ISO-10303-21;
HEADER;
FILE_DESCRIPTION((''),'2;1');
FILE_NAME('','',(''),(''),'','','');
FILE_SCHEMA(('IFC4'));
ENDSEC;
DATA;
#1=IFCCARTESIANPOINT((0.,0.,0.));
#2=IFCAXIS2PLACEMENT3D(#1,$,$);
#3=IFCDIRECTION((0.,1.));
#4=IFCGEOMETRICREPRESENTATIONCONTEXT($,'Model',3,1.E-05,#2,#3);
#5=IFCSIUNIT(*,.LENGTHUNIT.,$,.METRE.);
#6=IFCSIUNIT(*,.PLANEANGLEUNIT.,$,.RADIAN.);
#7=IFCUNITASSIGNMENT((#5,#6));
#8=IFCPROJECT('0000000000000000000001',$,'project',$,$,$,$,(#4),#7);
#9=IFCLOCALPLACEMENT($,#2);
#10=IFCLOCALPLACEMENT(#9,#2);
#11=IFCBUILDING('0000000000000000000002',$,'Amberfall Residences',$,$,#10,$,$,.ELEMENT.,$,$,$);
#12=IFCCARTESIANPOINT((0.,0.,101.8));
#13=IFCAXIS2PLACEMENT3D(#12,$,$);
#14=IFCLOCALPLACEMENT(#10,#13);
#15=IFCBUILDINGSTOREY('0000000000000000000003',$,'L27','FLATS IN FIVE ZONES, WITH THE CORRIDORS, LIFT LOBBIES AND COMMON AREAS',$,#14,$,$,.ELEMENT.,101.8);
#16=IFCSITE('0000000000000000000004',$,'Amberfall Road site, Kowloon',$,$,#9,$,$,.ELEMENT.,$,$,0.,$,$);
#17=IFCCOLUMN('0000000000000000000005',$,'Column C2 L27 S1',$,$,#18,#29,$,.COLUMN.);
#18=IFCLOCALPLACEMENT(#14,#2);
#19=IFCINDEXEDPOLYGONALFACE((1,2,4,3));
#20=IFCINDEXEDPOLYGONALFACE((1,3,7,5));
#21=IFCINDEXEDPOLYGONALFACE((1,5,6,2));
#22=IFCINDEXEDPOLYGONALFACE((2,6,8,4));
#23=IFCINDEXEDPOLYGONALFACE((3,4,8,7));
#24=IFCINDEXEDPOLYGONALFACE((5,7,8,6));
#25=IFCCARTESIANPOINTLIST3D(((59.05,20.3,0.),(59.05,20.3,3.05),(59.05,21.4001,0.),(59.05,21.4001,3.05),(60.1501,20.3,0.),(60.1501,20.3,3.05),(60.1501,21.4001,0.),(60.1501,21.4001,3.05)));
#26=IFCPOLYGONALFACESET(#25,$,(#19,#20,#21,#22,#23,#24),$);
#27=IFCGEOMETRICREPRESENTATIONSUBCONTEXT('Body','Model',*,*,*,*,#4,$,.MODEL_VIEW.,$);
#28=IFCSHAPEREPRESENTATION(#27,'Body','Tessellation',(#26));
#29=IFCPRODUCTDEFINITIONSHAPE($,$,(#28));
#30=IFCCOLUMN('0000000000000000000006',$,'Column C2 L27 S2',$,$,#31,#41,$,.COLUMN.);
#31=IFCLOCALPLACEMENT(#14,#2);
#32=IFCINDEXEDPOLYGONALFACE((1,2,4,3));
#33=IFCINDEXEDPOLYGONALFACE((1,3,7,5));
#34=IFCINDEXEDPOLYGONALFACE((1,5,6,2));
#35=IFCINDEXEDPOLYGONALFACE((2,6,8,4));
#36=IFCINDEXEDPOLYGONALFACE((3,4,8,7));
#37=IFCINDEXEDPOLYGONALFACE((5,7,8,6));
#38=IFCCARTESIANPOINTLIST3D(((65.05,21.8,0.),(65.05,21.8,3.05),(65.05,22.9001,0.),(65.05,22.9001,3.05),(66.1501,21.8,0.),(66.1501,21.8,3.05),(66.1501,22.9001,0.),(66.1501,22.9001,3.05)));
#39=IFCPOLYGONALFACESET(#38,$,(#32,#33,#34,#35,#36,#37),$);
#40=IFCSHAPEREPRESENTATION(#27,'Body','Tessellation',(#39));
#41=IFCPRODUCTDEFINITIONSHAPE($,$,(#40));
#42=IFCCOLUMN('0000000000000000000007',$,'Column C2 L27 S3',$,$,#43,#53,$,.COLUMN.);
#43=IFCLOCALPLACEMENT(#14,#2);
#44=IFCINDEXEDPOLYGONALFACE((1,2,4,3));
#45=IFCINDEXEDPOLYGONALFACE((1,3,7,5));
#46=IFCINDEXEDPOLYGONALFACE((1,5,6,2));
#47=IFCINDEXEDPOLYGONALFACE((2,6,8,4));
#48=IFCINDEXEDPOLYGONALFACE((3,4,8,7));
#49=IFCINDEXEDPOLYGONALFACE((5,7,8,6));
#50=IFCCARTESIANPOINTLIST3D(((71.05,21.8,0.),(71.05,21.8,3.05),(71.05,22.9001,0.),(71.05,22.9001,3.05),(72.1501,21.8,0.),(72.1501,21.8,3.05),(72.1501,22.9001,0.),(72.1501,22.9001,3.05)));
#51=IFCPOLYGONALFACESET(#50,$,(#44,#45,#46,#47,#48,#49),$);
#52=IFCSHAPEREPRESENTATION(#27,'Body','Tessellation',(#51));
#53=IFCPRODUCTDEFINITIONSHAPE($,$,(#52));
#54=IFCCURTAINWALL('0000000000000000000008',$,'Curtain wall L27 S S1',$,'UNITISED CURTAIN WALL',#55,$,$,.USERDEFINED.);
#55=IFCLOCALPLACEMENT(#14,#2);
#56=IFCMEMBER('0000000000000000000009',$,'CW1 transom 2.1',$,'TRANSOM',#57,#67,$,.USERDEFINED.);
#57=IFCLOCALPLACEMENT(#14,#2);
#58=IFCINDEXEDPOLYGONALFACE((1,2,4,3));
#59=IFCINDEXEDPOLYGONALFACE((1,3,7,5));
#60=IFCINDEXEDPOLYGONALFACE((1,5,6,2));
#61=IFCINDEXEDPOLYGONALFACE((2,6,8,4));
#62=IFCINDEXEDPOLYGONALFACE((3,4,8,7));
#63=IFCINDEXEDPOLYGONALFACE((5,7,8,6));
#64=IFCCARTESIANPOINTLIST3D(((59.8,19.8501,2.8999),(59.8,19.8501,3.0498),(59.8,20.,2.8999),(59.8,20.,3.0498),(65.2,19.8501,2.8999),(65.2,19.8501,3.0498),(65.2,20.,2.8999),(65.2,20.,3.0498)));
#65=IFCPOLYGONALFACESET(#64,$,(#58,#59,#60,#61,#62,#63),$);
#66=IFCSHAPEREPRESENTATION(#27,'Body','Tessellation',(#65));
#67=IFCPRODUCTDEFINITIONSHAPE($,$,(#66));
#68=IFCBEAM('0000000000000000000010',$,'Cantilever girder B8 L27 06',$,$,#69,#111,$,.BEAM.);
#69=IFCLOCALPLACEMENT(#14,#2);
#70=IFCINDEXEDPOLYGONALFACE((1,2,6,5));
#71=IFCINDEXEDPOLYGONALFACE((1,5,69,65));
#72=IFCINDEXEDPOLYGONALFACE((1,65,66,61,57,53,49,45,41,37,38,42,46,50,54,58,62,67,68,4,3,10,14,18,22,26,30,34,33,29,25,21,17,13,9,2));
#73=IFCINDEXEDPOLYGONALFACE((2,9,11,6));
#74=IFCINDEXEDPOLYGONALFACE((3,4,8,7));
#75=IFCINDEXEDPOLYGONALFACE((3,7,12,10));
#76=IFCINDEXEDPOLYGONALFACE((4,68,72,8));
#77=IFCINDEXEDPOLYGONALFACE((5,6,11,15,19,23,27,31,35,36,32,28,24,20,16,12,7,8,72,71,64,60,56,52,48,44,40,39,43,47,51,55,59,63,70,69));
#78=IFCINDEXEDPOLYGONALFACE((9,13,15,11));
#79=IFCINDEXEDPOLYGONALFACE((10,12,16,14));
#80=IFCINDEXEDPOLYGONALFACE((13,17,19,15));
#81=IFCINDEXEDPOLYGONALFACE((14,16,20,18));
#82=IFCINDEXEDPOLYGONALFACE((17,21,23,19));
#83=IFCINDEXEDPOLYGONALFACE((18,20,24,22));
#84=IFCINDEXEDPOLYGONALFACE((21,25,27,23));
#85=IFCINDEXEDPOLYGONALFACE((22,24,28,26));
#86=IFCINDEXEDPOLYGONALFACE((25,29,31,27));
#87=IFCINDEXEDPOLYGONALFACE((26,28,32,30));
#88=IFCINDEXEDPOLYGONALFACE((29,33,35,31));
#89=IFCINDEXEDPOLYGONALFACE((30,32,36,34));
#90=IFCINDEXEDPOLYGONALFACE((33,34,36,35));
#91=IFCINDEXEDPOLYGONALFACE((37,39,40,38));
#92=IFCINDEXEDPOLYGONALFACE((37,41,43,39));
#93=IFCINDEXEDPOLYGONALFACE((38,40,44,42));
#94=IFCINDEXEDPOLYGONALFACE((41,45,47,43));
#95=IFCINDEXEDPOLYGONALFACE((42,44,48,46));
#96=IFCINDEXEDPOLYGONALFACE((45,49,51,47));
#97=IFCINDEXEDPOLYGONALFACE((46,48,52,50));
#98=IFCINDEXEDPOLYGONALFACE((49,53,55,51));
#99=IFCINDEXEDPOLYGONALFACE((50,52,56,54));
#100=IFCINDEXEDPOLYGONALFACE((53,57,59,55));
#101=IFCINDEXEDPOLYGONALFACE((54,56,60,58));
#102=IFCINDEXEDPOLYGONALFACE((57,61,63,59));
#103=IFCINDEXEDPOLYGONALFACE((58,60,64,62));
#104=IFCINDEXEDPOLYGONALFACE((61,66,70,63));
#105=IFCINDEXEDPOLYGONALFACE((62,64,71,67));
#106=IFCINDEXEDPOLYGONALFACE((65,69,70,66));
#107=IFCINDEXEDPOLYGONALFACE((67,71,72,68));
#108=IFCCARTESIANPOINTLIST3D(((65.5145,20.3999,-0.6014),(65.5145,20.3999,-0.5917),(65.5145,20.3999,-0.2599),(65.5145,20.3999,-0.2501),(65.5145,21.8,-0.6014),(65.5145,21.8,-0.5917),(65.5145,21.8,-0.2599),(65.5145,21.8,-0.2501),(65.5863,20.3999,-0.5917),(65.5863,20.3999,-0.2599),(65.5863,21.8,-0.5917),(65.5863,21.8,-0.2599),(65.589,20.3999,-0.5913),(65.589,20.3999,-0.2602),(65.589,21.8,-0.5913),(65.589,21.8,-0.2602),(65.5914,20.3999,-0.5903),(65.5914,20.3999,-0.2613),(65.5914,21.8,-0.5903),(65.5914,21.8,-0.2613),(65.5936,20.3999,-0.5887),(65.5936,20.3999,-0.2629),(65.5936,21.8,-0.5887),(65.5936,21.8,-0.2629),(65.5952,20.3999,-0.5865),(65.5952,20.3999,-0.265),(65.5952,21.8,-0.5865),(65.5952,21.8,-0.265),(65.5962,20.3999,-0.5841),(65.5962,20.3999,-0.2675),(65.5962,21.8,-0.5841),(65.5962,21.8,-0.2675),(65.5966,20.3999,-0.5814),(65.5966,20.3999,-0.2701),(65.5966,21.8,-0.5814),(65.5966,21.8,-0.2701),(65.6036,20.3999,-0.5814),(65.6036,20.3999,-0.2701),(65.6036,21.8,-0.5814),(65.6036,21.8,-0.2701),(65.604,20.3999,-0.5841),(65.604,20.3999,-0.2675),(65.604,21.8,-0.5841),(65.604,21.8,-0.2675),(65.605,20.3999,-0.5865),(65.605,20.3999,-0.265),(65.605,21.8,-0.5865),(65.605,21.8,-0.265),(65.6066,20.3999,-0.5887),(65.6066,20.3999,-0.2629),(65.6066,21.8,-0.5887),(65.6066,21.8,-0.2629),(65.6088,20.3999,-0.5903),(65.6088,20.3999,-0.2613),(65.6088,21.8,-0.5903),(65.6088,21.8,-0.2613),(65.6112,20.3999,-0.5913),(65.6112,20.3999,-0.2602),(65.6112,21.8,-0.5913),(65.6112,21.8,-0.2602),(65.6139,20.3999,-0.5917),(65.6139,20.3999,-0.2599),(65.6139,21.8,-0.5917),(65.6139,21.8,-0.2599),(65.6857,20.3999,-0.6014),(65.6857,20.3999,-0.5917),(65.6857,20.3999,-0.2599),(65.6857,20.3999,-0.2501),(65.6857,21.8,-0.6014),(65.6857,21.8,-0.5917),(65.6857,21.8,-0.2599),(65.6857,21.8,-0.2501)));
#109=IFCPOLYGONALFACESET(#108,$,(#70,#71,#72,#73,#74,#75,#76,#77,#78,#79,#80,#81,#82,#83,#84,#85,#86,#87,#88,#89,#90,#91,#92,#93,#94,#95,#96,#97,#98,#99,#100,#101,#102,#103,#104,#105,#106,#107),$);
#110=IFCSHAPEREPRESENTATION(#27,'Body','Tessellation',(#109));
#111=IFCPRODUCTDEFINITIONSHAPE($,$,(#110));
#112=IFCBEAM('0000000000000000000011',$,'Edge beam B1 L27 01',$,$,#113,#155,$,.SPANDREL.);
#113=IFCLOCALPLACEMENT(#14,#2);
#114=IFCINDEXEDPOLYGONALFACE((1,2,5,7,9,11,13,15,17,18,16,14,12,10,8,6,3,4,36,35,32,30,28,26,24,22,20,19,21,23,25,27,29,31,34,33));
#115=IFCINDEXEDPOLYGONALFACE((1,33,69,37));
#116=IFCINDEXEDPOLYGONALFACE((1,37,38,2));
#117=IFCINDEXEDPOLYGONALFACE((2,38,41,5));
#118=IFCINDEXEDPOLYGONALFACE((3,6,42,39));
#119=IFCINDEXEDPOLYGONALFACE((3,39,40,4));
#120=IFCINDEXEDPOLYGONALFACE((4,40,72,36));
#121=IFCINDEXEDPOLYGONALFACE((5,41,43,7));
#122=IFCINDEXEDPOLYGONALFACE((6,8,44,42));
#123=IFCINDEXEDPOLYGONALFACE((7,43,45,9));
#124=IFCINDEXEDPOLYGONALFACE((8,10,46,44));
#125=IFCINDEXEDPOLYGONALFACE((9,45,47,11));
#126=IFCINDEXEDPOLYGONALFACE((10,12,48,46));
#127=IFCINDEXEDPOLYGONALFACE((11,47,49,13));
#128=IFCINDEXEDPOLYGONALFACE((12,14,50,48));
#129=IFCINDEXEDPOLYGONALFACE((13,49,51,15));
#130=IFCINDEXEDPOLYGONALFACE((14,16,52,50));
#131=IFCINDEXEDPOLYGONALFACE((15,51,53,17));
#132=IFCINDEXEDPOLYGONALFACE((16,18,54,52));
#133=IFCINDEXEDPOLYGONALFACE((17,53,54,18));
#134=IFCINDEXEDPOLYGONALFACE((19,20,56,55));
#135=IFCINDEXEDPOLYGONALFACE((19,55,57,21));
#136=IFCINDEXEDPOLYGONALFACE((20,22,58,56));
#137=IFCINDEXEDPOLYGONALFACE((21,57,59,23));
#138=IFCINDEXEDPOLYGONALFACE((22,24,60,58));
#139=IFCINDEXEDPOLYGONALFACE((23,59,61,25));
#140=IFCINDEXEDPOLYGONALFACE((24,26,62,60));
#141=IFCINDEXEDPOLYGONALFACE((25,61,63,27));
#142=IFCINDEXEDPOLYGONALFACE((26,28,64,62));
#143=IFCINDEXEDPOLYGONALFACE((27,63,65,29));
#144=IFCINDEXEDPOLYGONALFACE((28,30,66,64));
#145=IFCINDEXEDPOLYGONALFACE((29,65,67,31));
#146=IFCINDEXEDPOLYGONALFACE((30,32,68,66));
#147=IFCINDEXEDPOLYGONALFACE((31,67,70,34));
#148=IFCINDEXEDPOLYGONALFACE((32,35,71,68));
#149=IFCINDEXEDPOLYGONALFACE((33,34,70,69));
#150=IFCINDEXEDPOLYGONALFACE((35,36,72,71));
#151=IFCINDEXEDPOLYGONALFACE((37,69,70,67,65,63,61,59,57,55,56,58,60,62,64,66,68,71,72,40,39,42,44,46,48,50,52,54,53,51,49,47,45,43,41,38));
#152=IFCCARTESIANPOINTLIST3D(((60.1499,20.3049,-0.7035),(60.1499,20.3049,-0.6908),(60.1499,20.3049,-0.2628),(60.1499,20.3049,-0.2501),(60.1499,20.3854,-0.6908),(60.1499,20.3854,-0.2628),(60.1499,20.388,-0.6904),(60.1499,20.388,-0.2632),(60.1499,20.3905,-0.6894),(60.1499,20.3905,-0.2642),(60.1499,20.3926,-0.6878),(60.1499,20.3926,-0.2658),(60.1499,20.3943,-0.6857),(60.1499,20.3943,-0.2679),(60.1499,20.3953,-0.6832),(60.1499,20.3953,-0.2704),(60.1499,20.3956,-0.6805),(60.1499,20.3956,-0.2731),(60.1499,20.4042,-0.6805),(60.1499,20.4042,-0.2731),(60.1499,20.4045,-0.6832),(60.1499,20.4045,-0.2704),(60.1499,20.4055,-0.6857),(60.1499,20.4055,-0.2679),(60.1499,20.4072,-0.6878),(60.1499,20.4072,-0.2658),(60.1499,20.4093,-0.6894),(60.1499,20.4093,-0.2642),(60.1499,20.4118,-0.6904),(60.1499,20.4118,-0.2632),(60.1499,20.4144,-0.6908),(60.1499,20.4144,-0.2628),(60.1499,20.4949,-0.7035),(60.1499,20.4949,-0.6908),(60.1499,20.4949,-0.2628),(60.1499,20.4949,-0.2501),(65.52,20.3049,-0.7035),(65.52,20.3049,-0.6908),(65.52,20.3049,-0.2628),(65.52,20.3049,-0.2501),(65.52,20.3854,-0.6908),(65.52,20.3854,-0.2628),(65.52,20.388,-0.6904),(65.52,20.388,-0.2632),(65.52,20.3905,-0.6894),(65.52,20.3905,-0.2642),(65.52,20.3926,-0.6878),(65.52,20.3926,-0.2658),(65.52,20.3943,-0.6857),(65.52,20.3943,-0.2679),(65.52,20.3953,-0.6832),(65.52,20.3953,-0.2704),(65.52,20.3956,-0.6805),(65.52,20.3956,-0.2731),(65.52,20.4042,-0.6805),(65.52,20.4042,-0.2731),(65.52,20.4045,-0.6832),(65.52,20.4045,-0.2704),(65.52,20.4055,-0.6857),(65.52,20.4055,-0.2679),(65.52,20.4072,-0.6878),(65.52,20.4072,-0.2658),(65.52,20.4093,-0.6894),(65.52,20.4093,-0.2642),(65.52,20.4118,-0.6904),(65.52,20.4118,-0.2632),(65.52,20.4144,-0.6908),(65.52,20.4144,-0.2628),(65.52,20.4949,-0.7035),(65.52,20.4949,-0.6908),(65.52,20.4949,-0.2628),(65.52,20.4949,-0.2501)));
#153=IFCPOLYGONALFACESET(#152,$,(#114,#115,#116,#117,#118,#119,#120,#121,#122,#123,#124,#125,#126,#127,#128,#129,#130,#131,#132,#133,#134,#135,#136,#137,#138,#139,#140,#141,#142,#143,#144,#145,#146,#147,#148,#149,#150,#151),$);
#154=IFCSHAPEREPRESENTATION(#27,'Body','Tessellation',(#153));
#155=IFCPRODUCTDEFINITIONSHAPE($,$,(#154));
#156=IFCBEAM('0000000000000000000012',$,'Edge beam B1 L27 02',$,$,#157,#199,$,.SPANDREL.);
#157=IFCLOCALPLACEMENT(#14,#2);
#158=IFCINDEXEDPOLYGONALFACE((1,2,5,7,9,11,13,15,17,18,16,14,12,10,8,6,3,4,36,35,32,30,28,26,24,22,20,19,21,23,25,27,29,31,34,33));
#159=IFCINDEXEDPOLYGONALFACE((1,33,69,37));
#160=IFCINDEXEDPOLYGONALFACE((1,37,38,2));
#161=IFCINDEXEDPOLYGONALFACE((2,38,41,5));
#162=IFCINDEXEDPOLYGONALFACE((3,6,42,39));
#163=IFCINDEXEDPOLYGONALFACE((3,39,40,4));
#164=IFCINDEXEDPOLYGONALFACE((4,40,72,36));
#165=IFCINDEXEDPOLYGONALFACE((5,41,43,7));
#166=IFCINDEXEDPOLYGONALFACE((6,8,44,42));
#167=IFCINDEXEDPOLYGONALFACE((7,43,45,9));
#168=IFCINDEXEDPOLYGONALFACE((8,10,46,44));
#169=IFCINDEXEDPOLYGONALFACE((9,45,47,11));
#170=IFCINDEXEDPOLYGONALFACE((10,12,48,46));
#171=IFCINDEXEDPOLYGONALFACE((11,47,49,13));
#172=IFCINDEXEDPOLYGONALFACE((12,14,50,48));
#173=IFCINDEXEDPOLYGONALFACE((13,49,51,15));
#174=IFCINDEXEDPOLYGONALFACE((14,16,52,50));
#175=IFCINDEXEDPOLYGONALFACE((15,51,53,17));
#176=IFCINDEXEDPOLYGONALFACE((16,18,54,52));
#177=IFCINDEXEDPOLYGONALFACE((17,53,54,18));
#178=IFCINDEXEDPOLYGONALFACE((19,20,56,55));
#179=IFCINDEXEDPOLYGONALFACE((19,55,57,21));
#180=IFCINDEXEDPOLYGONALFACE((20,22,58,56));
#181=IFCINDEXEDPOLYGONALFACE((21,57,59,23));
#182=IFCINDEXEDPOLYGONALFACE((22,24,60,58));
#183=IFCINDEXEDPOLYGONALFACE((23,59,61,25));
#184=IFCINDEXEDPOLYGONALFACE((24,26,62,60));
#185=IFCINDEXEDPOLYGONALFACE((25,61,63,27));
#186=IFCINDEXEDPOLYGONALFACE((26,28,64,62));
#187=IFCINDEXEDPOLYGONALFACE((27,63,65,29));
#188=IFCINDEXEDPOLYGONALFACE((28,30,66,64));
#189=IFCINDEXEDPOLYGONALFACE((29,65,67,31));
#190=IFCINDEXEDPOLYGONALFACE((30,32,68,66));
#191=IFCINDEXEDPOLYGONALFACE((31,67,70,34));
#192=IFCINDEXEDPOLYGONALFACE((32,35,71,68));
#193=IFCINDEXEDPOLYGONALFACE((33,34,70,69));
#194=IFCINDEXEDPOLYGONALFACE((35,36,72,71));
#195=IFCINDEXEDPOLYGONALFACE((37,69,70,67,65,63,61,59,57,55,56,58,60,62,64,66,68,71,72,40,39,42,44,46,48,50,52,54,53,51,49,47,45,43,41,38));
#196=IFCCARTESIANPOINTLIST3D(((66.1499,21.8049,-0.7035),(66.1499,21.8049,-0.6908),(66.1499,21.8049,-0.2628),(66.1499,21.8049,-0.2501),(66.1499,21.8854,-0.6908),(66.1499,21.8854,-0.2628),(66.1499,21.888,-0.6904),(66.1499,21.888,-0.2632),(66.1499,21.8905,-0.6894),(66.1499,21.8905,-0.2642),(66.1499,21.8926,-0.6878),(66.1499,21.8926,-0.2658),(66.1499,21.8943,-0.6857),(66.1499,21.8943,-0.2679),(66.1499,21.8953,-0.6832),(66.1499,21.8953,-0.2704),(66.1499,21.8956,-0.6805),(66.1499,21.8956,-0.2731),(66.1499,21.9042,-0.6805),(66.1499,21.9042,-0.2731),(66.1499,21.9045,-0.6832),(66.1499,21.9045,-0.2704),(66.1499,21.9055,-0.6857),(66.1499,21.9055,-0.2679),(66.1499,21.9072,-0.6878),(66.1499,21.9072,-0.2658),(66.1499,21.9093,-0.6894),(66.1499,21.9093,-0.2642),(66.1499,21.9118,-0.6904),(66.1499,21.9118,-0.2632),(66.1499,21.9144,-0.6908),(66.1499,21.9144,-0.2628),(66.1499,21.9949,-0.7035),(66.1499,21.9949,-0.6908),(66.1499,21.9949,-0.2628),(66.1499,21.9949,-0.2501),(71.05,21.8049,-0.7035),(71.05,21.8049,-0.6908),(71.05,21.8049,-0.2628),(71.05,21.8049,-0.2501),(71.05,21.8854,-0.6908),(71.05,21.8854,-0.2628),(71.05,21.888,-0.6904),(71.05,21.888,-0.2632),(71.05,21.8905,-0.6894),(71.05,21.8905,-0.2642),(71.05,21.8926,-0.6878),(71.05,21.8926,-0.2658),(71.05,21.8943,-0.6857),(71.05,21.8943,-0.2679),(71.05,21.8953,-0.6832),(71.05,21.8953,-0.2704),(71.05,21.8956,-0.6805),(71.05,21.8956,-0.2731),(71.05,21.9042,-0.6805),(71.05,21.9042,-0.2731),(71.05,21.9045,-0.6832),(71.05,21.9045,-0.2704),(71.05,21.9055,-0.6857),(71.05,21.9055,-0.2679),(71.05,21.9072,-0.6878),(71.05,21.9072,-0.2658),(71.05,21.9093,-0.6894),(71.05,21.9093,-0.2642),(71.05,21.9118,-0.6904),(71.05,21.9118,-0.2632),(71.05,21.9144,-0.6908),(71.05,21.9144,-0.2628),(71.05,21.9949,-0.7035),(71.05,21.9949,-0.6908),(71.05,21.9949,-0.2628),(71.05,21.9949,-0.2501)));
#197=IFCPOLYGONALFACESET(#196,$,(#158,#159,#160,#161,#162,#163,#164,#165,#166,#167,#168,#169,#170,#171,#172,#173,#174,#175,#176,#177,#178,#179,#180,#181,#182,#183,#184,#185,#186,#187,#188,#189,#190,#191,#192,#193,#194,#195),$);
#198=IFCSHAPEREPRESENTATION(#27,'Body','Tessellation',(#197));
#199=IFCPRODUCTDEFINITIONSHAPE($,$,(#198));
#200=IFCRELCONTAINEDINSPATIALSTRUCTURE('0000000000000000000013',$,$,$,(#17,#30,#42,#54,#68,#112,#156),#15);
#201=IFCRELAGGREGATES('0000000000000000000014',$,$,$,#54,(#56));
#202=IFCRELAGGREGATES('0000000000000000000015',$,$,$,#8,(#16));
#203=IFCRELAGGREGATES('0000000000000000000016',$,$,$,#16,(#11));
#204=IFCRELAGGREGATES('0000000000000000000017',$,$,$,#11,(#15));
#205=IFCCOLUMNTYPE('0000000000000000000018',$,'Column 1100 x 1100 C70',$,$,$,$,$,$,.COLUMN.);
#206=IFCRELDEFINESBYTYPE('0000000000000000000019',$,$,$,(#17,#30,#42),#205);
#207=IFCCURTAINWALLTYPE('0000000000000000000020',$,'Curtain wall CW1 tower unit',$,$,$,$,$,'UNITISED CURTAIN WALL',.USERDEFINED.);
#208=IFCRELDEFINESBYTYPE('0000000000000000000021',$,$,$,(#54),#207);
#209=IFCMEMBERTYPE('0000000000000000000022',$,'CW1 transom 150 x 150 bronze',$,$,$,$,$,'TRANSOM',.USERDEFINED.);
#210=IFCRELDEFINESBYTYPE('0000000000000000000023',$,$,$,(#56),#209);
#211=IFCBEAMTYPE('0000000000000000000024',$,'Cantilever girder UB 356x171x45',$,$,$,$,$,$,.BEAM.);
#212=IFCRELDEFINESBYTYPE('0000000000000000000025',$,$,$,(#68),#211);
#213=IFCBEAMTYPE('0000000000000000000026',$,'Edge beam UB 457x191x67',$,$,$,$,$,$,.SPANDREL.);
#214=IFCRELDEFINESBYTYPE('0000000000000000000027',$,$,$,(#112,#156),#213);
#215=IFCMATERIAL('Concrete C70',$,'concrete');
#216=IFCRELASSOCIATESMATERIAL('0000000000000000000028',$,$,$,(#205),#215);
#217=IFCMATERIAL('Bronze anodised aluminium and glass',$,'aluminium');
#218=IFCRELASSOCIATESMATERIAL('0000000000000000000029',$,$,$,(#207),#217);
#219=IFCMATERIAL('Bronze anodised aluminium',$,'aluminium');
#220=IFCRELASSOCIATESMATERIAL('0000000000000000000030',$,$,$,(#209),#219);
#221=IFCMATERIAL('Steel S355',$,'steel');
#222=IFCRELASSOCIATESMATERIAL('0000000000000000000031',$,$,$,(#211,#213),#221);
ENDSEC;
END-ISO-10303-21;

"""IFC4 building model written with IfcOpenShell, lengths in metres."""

from ifc_helpers import new_model, si_unit, direction, frame, origin, origin_2d, place, context, subcontext, project, spatial, rectangle, i_section, extrude, material, material_profile, profile_set, type_object, element, aggregate, save


model = new_model("IFC4")

# Units and contexts
model_context = context("Model", 3, precision=1e-05, world=origin(), true_north=direction((0.0, 1.0)))
body_context = subcontext(model_context, "Body", "Model", "MODEL_VIEW")
ifc_project = project(units=[si_unit("LENGTHUNIT", "METRE"), si_unit("PLANEANGLEUNIT", "RADIAN")], contexts=[model_context])

# Site, building, storey
site_placement = place(None, origin())
site = spatial("IfcSite", under=ifc_project, at=site_placement, Name="Amberfall Road site, Kowloon", CompositionType="ELEMENT", RefElevation=0.0)
building_placement = place(site_placement, origin())
building = spatial("IfcBuilding", under=site, at=building_placement, Name="Amberfall Residences", CompositionType="ELEMENT")
storey_placement = place(building_placement, frame((0.0, 0.0, 101.8)))
storey = spatial("IfcBuildingStorey", under=building, at=storey_placement, Name="L27", Description="FLATS IN FIVE ZONES, WITH THE CORRIDORS, LIFT LOBBIES AND COMMON AREAS", CompositionType="ELEMENT", Elevation=101.8)

# Columns
ifc_material_1 = material(Name="Concrete C70", Category="concrete")
ifc_material_profile_1 = material_profile(ifc_material_1, rectangle(XDim=1.1001, YDim=1.1001, at=origin_2d()), Name="Column 1100 x 1100 C70")
ifc_profile_set_1 = profile_set([ifc_material_profile_1], Name="Concrete C70")
column_type = type_object("IfcColumnType", Name="Column 1100 x 1100 C70", PredefinedType="COLUMN", material=ifc_profile_set_1)
for number, where, z_axis, x_axis, name in (
    (1, (59.6001, 20.8501, 0.0), (0.0, 0.0, 1.0), (1.0, 0.0, 0.0), "Column C2 L27 S1"),
    (2, (65.6001, 22.3501, 0.0), (0.0, 0.0, 1.0), (1.0, 0.0, 0.0), "Column C2 L27 S2"),
    (3, (71.6001, 22.3501, 0.0), (0.0, 0.0, 1.0), (1.0, 0.0, 0.0), "Column C2 L27 S3"),
):
    element("IfcColumn", number, at=place(storey_placement, frame(where, z_axis=z_axis, x_axis=x_axis)), inside=storey, type_object=column_type, Name=name, PredefinedType="COLUMN", context=body_context, shape_type="SweptSolid", body=[
        extrude(rectangle(XDim=1.1001, YDim=1.1001, at=origin_2d()), origin(), (0.0, 0.0, 1.0), 3.05),
    ])

# Curtain wall, member
ifc_material_2 = material(Name="Bronze anodised aluminium and glass", Category="aluminium")
curtain_wall_type = type_object("IfcCurtainWallType", Name="Curtain wall CW1 tower unit", ElementType="UNITISED CURTAIN WALL", PredefinedType="USERDEFINED", material=ifc_material_2)
curtain_wall_placement = place(storey_placement, origin())
curtain_wall = element("IfcCurtainWall", 4, at=curtain_wall_placement, inside=storey, type_object=curtain_wall_type, Name="Curtain wall L27 S S1", ObjectType="UNITISED CURTAIN WALL", PredefinedType="USERDEFINED")
ifc_material_3 = material(Name="Bronze anodised aluminium", Category="aluminium")
ifc_material_profile_2 = material_profile(ifc_material_3, rectangle(XDim=0.1499, YDim=0.1499, at=origin_2d()), Name="CW1 transom 150 x 150 bronze")
ifc_profile_set_2 = profile_set([ifc_material_profile_2], Name="Bronze anodised aluminium")
member_type_1 = type_object("IfcMemberType", Name="CW1 transom 150 x 150 bronze", ElementType="TRANSOM", PredefinedType="USERDEFINED", material=ifc_profile_set_2)
member_1_placement = place(storey_placement, frame((59.8, 19.925, 2.9749), z_axis=(1.0, 0.0, 0.0), x_axis=(0.0, 1.0, 0.0)))
member_1 = element("IfcMember", 5, at=member_1_placement, type_object=member_type_1, Name="CW1 transom 2.1", ObjectType="TRANSOM", PredefinedType="USERDEFINED", context=body_context, shape_type="SweptSolid", body=[
    extrude(rectangle(XDim=0.1499, YDim=0.1499, at=origin_2d()), origin(), (0.0, 0.0, 1.0), 5.3999),
])

# Beams
ifc_material_4 = material(Name="Steel S355", Category="steel")
ifc_material_profile_3 = material_profile(ifc_material_4, i_section(OverallWidth=0.1711, OverallDepth=0.3513, WebThickness=0.0071, FlangeThickness=0.0098, FilletRadius=0.0103, at=origin_2d()), Name="UB 356x171x45")
ifc_profile_set_3 = profile_set([ifc_material_profile_3], Name="Steel S355")
beam_type_1 = type_object("IfcBeamType", Name="Cantilever girder UB 356x171x45", PredefinedType="BEAM", material=ifc_profile_set_3)
beam_1_placement = place(storey_placement, frame((65.6001, 21.8, -0.4258), z_axis=(0.0, -1.0, 0.0), x_axis=(1.0, 0.0, 0.0)))
element("IfcBeam", 6, at=beam_1_placement, inside=storey, type_object=beam_type_1, Name="Cantilever girder B8 L27 06", PredefinedType="BEAM", context=body_context, shape_type="SweptSolid", body=[
    extrude(i_section(OverallWidth=0.1711, OverallDepth=0.3513, WebThickness=0.0071, FlangeThickness=0.0098, FilletRadius=0.0103, at=origin_2d()), origin(), (0.0, 0.0, 1.0), 1.4001),
])
ifc_material_profile_4 = material_profile(ifc_material_4, i_section(OverallWidth=0.1899, OverallDepth=0.4534, WebThickness=0.0085, FlangeThickness=0.0127, FilletRadius=0.0103, at=origin_2d()), Name="UB 457x191x67")
ifc_profile_set_4 = profile_set([ifc_material_profile_4], Name="Steel S355")
beam_type_2 = type_object("IfcBeamType", Name="Edge beam UB 457x191x67", PredefinedType="SPANDREL", material=ifc_profile_set_4)
beam_2_placement = place(storey_placement, frame((60.1499, 20.3999, -0.4768), z_axis=(1.0, 0.0, 0.0), x_axis=(0.0, 1.0, 0.0)))
element("IfcBeam", 7, at=beam_2_placement, inside=storey, type_object=beam_type_2, Name="Edge beam B1 L27 01", PredefinedType="SPANDREL", context=body_context, shape_type="SweptSolid", body=[
    extrude(i_section(OverallWidth=0.1899, OverallDepth=0.4534, WebThickness=0.0085, FlangeThickness=0.0127, FilletRadius=0.0103, at=origin_2d()), origin(), (0.0, 0.0, 1.0), 5.3701),
])
beam_3_placement = place(storey_placement, frame((66.1499, 21.8999, -0.4768), z_axis=(1.0, 0.0, 0.0), x_axis=(0.0, 1.0, 0.0)))
element("IfcBeam", 8, at=beam_3_placement, inside=storey, type_object=beam_type_2, Name="Edge beam B1 L27 02", PredefinedType="SPANDREL", context=body_context, shape_type="SweptSolid", body=[
    extrude(i_section(OverallWidth=0.1899, OverallDepth=0.4534, WebThickness=0.0085, FlangeThickness=0.0127, FilletRadius=0.0103, at=origin_2d()), origin(), (0.0, 0.0, 1.0), 4.9001),
])

aggregate(curtain_wall, [member_1])

save(model, "model.ifc")
